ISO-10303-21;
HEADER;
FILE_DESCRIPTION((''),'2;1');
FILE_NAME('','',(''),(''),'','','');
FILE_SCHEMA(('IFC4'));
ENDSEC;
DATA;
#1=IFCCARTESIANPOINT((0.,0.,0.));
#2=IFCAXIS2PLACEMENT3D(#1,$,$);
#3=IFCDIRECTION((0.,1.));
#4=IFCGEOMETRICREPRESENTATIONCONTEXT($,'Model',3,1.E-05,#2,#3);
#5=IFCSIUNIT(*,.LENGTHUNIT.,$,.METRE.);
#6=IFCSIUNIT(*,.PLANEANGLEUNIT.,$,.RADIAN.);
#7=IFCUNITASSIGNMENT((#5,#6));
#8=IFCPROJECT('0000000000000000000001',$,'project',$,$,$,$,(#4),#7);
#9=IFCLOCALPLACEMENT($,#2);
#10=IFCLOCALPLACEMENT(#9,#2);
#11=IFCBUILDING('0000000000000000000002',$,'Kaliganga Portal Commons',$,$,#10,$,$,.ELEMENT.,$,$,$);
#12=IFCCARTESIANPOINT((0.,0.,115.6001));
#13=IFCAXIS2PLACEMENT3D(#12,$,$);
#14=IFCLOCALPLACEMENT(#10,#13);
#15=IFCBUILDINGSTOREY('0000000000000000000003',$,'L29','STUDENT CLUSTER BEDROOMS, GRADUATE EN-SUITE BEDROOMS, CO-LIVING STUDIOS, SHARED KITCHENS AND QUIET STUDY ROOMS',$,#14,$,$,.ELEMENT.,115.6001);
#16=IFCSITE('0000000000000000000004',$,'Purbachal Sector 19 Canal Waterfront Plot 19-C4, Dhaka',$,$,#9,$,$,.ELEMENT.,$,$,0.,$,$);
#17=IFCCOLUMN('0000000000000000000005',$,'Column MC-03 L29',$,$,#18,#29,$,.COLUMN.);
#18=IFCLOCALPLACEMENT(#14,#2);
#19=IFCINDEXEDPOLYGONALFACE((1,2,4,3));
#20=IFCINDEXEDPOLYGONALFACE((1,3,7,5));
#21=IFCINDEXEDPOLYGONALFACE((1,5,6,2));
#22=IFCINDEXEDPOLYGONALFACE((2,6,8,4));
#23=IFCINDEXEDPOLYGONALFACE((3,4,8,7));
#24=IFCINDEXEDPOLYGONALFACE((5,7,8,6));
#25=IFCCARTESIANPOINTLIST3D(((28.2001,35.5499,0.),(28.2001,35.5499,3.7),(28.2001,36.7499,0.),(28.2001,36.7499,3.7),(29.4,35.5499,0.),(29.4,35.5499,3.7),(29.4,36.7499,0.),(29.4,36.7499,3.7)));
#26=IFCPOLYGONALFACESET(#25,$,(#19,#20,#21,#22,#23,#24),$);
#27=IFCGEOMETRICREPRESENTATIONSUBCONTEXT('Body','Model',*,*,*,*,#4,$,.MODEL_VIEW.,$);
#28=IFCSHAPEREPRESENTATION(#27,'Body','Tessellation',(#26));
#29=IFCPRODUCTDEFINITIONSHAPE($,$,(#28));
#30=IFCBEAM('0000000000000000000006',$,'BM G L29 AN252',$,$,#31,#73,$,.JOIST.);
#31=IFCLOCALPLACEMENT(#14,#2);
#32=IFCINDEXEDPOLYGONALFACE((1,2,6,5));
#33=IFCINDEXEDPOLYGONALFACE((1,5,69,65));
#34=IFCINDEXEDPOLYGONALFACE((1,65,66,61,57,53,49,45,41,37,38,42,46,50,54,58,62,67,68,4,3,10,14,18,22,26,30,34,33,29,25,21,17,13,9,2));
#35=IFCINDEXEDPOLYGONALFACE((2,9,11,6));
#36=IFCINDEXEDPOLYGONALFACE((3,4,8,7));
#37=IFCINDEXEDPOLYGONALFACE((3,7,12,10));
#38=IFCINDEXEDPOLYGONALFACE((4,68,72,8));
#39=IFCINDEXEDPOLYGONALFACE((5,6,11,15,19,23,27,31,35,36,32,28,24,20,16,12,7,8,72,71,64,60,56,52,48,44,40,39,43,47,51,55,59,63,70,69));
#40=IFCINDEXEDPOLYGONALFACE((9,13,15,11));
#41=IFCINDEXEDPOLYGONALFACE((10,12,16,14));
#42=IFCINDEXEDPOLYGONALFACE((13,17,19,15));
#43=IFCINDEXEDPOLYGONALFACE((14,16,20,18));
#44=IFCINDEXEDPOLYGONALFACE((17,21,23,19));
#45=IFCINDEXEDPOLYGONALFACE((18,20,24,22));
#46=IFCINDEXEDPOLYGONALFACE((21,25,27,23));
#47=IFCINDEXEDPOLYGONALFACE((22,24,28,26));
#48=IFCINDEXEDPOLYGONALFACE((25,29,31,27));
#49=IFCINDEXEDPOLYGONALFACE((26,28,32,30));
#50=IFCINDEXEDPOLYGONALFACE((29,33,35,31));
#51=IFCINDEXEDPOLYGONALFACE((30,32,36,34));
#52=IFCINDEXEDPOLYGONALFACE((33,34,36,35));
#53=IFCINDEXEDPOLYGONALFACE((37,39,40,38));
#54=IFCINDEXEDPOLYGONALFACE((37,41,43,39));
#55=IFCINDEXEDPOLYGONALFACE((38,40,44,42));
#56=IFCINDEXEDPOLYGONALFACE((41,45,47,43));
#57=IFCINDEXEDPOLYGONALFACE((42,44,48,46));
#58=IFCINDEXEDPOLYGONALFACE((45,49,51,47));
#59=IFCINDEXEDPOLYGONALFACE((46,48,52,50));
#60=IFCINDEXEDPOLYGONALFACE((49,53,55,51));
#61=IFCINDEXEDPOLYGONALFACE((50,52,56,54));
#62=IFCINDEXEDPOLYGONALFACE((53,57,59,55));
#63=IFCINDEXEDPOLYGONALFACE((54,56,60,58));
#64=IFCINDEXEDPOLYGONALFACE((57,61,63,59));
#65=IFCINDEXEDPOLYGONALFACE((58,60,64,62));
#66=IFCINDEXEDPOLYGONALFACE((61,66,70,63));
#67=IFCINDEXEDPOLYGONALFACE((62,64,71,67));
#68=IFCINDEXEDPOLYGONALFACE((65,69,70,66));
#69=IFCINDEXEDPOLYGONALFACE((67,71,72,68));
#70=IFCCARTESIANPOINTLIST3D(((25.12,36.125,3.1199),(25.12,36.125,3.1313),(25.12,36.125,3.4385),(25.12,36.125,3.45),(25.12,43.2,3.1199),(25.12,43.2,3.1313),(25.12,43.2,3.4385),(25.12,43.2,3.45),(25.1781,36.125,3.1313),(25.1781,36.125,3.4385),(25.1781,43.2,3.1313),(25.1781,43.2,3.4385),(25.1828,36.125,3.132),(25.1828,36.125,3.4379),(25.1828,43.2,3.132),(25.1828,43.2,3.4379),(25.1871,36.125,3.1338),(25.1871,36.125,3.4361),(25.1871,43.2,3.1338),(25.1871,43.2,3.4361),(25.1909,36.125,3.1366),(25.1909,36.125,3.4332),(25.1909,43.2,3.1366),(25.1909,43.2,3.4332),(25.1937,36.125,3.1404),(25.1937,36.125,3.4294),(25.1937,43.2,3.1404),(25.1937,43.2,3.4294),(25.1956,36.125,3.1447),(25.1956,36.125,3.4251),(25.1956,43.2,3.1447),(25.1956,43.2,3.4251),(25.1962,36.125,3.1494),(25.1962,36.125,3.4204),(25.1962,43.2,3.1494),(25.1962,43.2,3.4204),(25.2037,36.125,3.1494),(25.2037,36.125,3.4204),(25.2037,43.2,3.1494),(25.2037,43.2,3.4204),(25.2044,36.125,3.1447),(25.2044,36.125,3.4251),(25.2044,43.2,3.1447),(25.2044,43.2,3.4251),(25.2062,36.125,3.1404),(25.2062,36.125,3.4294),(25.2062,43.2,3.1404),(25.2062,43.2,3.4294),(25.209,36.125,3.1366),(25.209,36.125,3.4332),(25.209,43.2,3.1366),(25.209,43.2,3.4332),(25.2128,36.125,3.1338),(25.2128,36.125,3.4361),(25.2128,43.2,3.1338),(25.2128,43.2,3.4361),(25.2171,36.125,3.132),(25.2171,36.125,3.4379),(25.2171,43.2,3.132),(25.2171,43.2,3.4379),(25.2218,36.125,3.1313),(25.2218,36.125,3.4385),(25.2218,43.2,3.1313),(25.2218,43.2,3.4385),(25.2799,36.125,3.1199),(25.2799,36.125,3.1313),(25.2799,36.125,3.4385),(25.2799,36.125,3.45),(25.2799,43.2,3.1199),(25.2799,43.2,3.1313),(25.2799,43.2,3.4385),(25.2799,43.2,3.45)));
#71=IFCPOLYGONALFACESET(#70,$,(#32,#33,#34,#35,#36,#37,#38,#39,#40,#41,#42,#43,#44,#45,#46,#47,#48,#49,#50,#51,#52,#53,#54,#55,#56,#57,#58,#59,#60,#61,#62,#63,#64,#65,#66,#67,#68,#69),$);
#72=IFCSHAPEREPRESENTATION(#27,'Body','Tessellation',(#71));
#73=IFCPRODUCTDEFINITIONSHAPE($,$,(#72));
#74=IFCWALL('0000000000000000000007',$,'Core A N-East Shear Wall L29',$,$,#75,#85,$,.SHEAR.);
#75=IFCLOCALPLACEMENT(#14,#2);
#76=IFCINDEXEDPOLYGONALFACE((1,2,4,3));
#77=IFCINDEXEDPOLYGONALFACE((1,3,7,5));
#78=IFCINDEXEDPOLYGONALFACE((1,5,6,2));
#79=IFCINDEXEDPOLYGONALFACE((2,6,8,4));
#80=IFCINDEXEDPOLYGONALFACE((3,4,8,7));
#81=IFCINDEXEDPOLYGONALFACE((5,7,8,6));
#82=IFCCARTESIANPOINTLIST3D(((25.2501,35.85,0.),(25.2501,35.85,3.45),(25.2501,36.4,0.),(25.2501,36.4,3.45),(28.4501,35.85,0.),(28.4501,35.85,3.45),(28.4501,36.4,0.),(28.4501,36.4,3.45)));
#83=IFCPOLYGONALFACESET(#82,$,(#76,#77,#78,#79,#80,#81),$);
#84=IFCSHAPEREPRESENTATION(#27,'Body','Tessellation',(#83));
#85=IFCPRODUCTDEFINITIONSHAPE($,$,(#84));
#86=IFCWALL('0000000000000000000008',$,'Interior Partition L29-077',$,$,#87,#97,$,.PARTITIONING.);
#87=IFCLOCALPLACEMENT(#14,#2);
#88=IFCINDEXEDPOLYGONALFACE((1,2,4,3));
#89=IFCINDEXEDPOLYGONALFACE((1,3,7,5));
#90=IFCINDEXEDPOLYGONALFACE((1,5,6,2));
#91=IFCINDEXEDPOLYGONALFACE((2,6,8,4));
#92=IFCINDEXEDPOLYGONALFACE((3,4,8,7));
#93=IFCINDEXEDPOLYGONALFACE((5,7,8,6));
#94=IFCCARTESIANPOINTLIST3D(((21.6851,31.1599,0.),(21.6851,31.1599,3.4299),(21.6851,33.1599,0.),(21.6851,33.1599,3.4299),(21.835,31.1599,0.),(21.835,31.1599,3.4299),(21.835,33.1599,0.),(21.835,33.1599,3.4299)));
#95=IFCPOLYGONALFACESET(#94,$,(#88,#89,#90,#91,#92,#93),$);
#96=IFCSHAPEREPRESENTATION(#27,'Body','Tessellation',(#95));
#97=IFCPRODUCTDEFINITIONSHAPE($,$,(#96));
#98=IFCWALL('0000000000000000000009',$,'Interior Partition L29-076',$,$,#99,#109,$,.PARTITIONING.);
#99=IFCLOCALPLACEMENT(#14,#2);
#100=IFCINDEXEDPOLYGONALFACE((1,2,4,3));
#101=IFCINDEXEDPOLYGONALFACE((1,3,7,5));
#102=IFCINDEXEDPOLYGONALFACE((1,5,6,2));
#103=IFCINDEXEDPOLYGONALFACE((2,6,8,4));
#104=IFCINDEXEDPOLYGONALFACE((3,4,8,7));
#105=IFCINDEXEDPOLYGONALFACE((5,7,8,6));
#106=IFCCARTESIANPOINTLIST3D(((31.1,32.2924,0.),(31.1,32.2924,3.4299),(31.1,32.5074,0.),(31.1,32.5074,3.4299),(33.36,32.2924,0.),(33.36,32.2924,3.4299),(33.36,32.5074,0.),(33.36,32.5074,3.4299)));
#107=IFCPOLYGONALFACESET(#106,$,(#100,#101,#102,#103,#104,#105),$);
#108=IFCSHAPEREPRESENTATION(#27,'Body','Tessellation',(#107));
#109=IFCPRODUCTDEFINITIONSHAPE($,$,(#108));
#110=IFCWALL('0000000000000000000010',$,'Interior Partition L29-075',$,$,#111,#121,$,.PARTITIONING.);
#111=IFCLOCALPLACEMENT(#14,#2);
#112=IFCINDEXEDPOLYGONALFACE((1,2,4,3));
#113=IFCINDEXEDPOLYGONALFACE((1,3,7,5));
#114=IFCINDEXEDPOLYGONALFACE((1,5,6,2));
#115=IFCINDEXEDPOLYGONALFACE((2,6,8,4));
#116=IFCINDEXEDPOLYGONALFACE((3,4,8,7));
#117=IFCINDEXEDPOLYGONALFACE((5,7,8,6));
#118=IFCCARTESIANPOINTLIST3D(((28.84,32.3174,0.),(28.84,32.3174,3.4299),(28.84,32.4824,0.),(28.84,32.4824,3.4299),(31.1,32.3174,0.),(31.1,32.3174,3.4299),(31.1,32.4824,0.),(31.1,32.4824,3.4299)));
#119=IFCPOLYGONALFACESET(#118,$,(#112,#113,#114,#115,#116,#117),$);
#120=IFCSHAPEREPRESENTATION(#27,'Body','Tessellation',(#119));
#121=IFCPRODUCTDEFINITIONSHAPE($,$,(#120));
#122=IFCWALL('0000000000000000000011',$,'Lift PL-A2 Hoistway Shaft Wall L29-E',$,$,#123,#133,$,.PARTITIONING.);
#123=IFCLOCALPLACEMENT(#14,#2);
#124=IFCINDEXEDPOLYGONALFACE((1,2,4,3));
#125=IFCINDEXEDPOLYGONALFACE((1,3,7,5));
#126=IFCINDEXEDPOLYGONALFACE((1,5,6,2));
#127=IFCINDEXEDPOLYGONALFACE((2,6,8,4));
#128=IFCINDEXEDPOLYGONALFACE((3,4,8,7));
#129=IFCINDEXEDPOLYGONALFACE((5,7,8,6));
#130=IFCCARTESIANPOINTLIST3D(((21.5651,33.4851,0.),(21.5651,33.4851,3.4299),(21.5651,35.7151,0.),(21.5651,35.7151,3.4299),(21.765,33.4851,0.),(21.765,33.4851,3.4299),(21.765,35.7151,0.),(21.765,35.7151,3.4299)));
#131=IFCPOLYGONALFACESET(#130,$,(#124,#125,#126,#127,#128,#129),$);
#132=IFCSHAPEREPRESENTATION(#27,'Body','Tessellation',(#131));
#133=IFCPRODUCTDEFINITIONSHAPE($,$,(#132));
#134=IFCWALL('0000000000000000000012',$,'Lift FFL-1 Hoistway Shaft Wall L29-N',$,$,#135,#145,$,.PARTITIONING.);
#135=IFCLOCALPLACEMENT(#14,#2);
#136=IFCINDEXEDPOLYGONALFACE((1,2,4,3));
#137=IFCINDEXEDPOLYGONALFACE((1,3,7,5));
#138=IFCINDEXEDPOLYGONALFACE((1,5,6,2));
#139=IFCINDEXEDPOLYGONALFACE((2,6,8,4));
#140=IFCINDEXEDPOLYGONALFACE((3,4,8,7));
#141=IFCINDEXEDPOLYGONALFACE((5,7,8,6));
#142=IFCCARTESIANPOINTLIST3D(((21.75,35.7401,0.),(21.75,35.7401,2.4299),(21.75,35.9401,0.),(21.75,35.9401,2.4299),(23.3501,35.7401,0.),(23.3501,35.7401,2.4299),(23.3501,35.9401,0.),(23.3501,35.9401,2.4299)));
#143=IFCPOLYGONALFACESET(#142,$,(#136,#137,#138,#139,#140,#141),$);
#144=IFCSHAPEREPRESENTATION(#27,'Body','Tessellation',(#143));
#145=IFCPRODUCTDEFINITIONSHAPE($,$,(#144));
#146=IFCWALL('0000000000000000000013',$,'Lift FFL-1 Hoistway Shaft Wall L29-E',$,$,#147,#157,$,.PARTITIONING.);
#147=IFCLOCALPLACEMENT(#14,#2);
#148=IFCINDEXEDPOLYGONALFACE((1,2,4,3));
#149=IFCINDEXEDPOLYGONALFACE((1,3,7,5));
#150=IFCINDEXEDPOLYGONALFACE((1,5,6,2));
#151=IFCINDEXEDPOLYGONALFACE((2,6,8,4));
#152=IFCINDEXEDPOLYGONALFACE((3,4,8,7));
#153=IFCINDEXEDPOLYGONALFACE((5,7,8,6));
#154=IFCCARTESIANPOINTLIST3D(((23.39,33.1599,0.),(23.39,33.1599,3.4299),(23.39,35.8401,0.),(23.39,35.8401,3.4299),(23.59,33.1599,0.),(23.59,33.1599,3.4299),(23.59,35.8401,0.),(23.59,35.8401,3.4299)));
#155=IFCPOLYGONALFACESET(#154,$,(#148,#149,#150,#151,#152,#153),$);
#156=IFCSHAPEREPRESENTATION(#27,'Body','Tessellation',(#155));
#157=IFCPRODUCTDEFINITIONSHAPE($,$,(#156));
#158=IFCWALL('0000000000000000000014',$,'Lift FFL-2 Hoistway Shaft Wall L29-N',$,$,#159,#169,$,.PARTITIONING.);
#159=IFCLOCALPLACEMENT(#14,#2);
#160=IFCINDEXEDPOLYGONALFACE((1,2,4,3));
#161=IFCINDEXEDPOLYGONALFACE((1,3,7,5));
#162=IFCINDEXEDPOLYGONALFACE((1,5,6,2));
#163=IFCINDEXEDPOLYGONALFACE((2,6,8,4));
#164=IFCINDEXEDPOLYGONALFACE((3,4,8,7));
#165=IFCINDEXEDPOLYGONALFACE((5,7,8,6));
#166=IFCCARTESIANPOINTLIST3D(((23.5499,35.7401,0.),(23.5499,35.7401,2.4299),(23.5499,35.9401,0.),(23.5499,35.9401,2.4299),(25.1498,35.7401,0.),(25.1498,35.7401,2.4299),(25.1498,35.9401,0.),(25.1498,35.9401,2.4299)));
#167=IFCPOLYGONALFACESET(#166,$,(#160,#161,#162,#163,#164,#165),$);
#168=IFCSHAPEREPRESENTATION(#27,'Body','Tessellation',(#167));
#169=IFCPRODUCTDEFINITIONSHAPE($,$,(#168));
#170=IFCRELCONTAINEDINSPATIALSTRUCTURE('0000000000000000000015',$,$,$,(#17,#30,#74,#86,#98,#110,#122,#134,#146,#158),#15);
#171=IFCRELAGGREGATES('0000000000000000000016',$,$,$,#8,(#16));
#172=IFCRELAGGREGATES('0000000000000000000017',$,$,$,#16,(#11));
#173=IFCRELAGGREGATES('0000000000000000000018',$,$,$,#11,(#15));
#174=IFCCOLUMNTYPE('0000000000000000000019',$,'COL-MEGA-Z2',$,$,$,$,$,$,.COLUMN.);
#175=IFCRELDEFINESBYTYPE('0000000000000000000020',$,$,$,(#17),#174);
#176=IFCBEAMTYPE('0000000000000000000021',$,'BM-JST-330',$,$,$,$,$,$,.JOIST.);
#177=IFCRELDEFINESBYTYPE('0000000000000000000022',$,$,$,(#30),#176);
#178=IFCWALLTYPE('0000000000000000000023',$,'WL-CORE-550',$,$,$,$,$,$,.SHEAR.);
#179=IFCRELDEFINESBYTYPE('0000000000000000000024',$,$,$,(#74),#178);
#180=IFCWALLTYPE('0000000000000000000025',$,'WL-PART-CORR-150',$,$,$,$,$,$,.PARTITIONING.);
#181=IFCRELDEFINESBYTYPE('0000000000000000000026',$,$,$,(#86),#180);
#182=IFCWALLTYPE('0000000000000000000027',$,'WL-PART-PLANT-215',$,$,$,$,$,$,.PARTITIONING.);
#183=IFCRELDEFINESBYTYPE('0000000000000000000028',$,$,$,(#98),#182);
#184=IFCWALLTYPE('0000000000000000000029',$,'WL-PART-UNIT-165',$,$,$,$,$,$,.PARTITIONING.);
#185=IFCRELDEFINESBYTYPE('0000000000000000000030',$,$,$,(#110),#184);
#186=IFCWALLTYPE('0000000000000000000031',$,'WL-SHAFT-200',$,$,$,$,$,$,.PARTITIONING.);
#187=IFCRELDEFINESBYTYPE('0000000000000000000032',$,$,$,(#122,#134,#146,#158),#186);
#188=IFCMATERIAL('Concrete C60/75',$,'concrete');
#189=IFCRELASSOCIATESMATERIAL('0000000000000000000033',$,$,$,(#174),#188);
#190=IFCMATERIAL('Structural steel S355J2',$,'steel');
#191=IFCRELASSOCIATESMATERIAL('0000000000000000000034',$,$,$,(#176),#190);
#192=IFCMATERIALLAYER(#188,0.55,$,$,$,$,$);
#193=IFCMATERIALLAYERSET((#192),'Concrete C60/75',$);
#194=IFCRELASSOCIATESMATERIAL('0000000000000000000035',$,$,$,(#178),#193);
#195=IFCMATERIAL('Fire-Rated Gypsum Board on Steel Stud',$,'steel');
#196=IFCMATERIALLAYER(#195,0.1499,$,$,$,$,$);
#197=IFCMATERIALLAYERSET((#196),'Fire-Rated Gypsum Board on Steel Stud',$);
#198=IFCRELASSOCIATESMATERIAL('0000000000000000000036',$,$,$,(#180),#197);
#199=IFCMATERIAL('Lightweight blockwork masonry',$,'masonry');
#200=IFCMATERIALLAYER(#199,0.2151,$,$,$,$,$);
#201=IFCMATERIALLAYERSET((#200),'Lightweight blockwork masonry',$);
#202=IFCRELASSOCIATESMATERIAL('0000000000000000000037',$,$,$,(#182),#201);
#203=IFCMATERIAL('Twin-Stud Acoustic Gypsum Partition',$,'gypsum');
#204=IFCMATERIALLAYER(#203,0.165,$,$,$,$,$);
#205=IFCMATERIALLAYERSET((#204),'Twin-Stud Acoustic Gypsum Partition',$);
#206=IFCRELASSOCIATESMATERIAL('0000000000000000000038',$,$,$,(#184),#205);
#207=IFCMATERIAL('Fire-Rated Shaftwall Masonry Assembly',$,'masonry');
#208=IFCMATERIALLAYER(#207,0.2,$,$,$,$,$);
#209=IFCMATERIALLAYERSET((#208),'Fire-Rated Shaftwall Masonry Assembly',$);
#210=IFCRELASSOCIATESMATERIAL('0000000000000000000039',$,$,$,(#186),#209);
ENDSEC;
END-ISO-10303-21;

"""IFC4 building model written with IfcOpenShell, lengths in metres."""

from ifc_helpers import new_model, si_unit, direction, frame, frame_2d, origin, origin_2d, place, context, subcontext, project, spatial, rectangle, i_section, extrude, source, transform, mapped, material, layer, layer_set, material_profile, profile_set, type_object, element, save


model = new_model("IFC4")

# Units and contexts
model_context = context("Model", 3, precision=1e-05, world=origin(), true_north=direction((0.0, 1.0)))
body_context = subcontext(model_context, "Body", "Model", "MODEL_VIEW")
ifc_project = project(units=[si_unit("LENGTHUNIT", "METRE"), si_unit("PLANEANGLEUNIT", "RADIAN")], contexts=[model_context])

# Site, building, storey
site_placement = place(None, origin())
site = spatial("IfcSite", under=ifc_project, at=site_placement, Name="Purbachal Sector 19 Canal Waterfront Plot 19-C4, Dhaka", CompositionType="ELEMENT", RefElevation=0.0)
building_placement = place(site_placement, origin())
building = spatial("IfcBuilding", under=site, at=building_placement, Name="Kaliganga Portal Commons", CompositionType="ELEMENT")
storey_placement = place(building_placement, frame((0.0, 0.0, 115.6001)))
storey = spatial("IfcBuildingStorey", under=building, at=storey_placement, Name="L29", Description="STUDENT CLUSTER BEDROOMS, GRADUATE EN-SUITE BEDROOMS, CO-LIVING STUDIOS, SHARED KITCHENS AND QUIET STUDY ROOMS", CompositionType="ELEMENT", Elevation=115.6001)

# Column
ifc_material_1 = material(Name="Concrete C60/75", Category="concrete")
ifc_material_profile_1 = material_profile(ifc_material_1, rectangle(XDim=1.2, YDim=1.2, at=origin_2d()), Name="RC 1200x1200")
ifc_profile_set_1 = profile_set([ifc_material_profile_1], Name="Concrete C60/75")
column_type = type_object("IfcColumnType", Name="COL-MEGA-Z2", PredefinedType="COLUMN", material=ifc_profile_set_1)
shared_shape_1 = source(origin(), body_context, "Body", "SweptSolid", [
    extrude(rectangle(XDim=1.2, YDim=1.2, at=origin_2d()), origin(), (0.0, 0.0, 1.0), 3.7),
])
column_placement = place(storey_placement, frame((28.8, 36.1499, 0.0), z_axis=(0.0, 0.0, 1.0), x_axis=(1.0, 0.0, 0.0)))
element("IfcColumn", 1, at=column_placement, inside=storey, type_object=column_type, Name="Column MC-03 L29", PredefinedType="COLUMN", context=body_context, shape_type="MappedRepresentation", body=[
    mapped(shared_shape_1, transform((0.0, 0.0, 0.0), x_axis=(1.0, 0.0, 0.0), y_axis=(0.0, 1.0, 0.0), z_axis=(0.0, 0.0, 1.0), scale=1.0)),
])

# Beam
ifc_material_2 = material(Name="Structural steel S355J2", Category="steel")
ifc_material_profile_2 = material_profile(ifc_material_2, i_section(OverallWidth=0.1599, OverallDepth=0.3301, WebThickness=0.0076, FlangeThickness=0.0115, FilletRadius=0.0181, at=origin_2d()), Name="IPE 330")
ifc_profile_set_2 = profile_set([ifc_material_profile_2], Name="Structural steel S355J2 wide-flange")
beam_type = type_object("IfcBeamType", Name="BM-JST-330", PredefinedType="JOIST", material=ifc_profile_set_2)
shared_shape_2 = source(origin(), body_context, "Body", "SweptSolid", [
    extrude(i_section(OverallWidth=0.1599, OverallDepth=0.3301, WebThickness=0.0076, FlangeThickness=0.0115, FilletRadius=0.0181, at=origin_2d()), origin(), (0.0, 0.0, 1.0), 7.075),
])
beam_placement = place(storey_placement, frame((25.2, 36.125, 3.2849), z_axis=(0.0, 1.0, 0.0), x_axis=(-1.0, 0.0, 0.0)))
element("IfcBeam", 2, at=beam_placement, inside=storey, type_object=beam_type, Name="BM G L29 AN252", PredefinedType="JOIST", context=body_context, shape_type="MappedRepresentation", body=[
    mapped(shared_shape_2, transform((0.0, 0.0, 0.0), x_axis=(1.0, 0.0, 0.0), y_axis=(0.0, 1.0, 0.0), z_axis=(0.0, 0.0, 1.0), scale=1.0)),
])

# Walls
ifc_layer_1 = layer(ifc_material_1, 0.55)
ifc_layer_set_1 = layer_set([ifc_layer_1], Name="Concrete C60/75")
wall_type_1 = type_object("IfcWallType", Name="WL-CORE-550", PredefinedType="SHEAR", material=ifc_layer_set_1)
wall_1_placement = place(storey_placement, frame((25.25, 36.125, 0.0), z_axis=(0.0, 0.0, 1.0), x_axis=(1.0, 0.0, 0.0)))
element("IfcWall", 3, at=wall_1_placement, inside=storey, type_object=wall_type_1, Name="Core A N-East Shear Wall L29", PredefinedType="SHEAR", context=body_context, shape_type="SweptSolid", body=[
    extrude(rectangle(XDim=3.2, YDim=0.55, at=frame_2d((1.6001, 0.0))), origin(), (0.0, 0.0, 1.0), 3.45),
])
ifc_material_3 = material(Name="Fire-Rated Gypsum Board on Steel Stud", Category="steel")
ifc_layer_2 = layer(ifc_material_3, 0.1499)
ifc_layer_set_2 = layer_set([ifc_layer_2], Name="Fire-Rated Gypsum Board on Steel Stud")
wall_type_2 = type_object("IfcWallType", Name="WL-PART-CORR-150", PredefinedType="PARTITIONING", material=ifc_layer_set_2)
wall_2_placement = place(storey_placement, frame((21.76, 31.1599, 0.0), z_axis=(0.0, 0.0, 1.0), x_axis=(0.0, 1.0, 0.0)))
element("IfcWall", 4, at=wall_2_placement, inside=storey, type_object=wall_type_2, Name="Interior Partition L29-077", PredefinedType="PARTITIONING", context=body_context, shape_type="SweptSolid", body=[
    extrude(rectangle(XDim=2.0, YDim=0.1499, at=frame_2d((1.0, 0.0))), origin(), (0.0, 0.0, 1.0), 3.4299),
])
ifc_material_4 = material(Name="Lightweight blockwork masonry", Category="masonry")
ifc_layer_3 = layer(ifc_material_4, 0.2151)
ifc_layer_set_3 = layer_set([ifc_layer_3], Name="Lightweight blockwork masonry")
wall_type_3 = type_object("IfcWallType", Name="WL-PART-PLANT-215", PredefinedType="PARTITIONING", material=ifc_layer_set_3)
wall_3_placement = place(storey_placement, frame((31.1001, 32.3999, 0.0), z_axis=(0.0, 0.0, 1.0), x_axis=(1.0, 0.0, 0.0)))
element("IfcWall", 5, at=wall_3_placement, inside=storey, type_object=wall_type_3, Name="Interior Partition L29-076", PredefinedType="PARTITIONING", context=body_context, shape_type="SweptSolid", body=[
    extrude(rectangle(XDim=2.26, YDim=0.2151, at=frame_2d((1.1299, 0.0))), origin(), (0.0, 0.0, 1.0), 3.4299),
])
ifc_material_5 = material(Name="Twin-Stud Acoustic Gypsum Partition", Category="gypsum")
ifc_layer_4 = layer(ifc_material_5, 0.165)
ifc_layer_set_4 = layer_set([ifc_layer_4], Name="Twin-Stud Acoustic Gypsum Partition")
wall_type_4 = type_object("IfcWallType", Name="WL-PART-UNIT-165", PredefinedType="PARTITIONING", material=ifc_layer_set_4)
wall_4_placement = place(storey_placement, frame((28.8401, 32.3999, 0.0), z_axis=(0.0, 0.0, 1.0), x_axis=(1.0, 0.0, 0.0)))
element("IfcWall", 6, at=wall_4_placement, inside=storey, type_object=wall_type_4, Name="Interior Partition L29-075", PredefinedType="PARTITIONING", context=body_context, shape_type="SweptSolid", body=[
    extrude(rectangle(XDim=2.26, YDim=0.165, at=frame_2d((1.1299, 0.0))), origin(), (0.0, 0.0, 1.0), 3.4299),
])
ifc_material_6 = material(Name="Fire-Rated Shaftwall Masonry Assembly", Category="masonry")
ifc_layer_5 = layer(ifc_material_6, 0.2)
ifc_layer_set_5 = layer_set([ifc_layer_5], Name="Fire-Rated Shaftwall Masonry Assembly")
wall_type_5 = type_object("IfcWallType", Name="WL-SHAFT-200", PredefinedType="PARTITIONING", material=ifc_layer_set_5)
wall_5_placement = place(storey_placement, frame((21.665, 33.4851, 0.0), z_axis=(0.0, 0.0, 1.0), x_axis=(0.0, 1.0, 0.0)))
element("IfcWall", 7, at=wall_5_placement, inside=storey, type_object=wall_type_5, Name="Lift PL-A2 Hoistway Shaft Wall L29-E", PredefinedType="PARTITIONING", context=body_context, shape_type="SweptSolid", body=[
    extrude(rectangle(XDim=2.23, YDim=0.2, at=frame_2d((1.115, 0.0))), origin(), (0.0, 0.0, 1.0), 3.4299),
])

# Walls
wall_6_placement = place(storey_placement, frame((21.75, 35.8401, 0.0), z_axis=(0.0, 0.0, 1.0), x_axis=(1.0, 0.0, 0.0)))
element("IfcWall", 8, at=wall_6_placement, inside=storey, type_object=wall_type_5, Name="Lift FFL-1 Hoistway Shaft Wall L29-N", PredefinedType="PARTITIONING", context=body_context, shape_type="SweptSolid", body=[
    extrude(rectangle(XDim=1.6001, YDim=0.2, at=frame_2d((0.8, 0.0))), origin(), (0.0, 0.0, 1.0), 2.4299),
])
wall_7_placement = place(storey_placement, frame((23.49, 33.1599, 0.0), z_axis=(0.0, 0.0, 1.0), x_axis=(0.0, 1.0, 0.0)))
element("IfcWall", 9, at=wall_7_placement, inside=storey, type_object=wall_type_5, Name="Lift FFL-1 Hoistway Shaft Wall L29-E", PredefinedType="PARTITIONING", context=body_context, shape_type="SweptSolid", body=[
    extrude(rectangle(XDim=2.6802, YDim=0.2, at=frame_2d((1.3401, 0.0))), origin(), (0.0, 0.0, 1.0), 3.4299),
])

# Wall
wall_8_placement = place(storey_placement, frame((23.55, 35.8401, 0.0), z_axis=(0.0, 0.0, 1.0), x_axis=(1.0, 0.0, 0.0)))
element("IfcWall", 10, at=wall_8_placement, inside=storey, type_object=wall_type_5, Name="Lift FFL-2 Hoistway Shaft Wall L29-N", PredefinedType="PARTITIONING", context=body_context, shape_type="SweptSolid", body=[
    extrude(rectangle(XDim=1.5999, YDim=0.2, at=frame_2d((0.7998, 0.0))), origin(), (0.0, 0.0, 1.0), 2.4299),
])

save(model, "model.ifc")
